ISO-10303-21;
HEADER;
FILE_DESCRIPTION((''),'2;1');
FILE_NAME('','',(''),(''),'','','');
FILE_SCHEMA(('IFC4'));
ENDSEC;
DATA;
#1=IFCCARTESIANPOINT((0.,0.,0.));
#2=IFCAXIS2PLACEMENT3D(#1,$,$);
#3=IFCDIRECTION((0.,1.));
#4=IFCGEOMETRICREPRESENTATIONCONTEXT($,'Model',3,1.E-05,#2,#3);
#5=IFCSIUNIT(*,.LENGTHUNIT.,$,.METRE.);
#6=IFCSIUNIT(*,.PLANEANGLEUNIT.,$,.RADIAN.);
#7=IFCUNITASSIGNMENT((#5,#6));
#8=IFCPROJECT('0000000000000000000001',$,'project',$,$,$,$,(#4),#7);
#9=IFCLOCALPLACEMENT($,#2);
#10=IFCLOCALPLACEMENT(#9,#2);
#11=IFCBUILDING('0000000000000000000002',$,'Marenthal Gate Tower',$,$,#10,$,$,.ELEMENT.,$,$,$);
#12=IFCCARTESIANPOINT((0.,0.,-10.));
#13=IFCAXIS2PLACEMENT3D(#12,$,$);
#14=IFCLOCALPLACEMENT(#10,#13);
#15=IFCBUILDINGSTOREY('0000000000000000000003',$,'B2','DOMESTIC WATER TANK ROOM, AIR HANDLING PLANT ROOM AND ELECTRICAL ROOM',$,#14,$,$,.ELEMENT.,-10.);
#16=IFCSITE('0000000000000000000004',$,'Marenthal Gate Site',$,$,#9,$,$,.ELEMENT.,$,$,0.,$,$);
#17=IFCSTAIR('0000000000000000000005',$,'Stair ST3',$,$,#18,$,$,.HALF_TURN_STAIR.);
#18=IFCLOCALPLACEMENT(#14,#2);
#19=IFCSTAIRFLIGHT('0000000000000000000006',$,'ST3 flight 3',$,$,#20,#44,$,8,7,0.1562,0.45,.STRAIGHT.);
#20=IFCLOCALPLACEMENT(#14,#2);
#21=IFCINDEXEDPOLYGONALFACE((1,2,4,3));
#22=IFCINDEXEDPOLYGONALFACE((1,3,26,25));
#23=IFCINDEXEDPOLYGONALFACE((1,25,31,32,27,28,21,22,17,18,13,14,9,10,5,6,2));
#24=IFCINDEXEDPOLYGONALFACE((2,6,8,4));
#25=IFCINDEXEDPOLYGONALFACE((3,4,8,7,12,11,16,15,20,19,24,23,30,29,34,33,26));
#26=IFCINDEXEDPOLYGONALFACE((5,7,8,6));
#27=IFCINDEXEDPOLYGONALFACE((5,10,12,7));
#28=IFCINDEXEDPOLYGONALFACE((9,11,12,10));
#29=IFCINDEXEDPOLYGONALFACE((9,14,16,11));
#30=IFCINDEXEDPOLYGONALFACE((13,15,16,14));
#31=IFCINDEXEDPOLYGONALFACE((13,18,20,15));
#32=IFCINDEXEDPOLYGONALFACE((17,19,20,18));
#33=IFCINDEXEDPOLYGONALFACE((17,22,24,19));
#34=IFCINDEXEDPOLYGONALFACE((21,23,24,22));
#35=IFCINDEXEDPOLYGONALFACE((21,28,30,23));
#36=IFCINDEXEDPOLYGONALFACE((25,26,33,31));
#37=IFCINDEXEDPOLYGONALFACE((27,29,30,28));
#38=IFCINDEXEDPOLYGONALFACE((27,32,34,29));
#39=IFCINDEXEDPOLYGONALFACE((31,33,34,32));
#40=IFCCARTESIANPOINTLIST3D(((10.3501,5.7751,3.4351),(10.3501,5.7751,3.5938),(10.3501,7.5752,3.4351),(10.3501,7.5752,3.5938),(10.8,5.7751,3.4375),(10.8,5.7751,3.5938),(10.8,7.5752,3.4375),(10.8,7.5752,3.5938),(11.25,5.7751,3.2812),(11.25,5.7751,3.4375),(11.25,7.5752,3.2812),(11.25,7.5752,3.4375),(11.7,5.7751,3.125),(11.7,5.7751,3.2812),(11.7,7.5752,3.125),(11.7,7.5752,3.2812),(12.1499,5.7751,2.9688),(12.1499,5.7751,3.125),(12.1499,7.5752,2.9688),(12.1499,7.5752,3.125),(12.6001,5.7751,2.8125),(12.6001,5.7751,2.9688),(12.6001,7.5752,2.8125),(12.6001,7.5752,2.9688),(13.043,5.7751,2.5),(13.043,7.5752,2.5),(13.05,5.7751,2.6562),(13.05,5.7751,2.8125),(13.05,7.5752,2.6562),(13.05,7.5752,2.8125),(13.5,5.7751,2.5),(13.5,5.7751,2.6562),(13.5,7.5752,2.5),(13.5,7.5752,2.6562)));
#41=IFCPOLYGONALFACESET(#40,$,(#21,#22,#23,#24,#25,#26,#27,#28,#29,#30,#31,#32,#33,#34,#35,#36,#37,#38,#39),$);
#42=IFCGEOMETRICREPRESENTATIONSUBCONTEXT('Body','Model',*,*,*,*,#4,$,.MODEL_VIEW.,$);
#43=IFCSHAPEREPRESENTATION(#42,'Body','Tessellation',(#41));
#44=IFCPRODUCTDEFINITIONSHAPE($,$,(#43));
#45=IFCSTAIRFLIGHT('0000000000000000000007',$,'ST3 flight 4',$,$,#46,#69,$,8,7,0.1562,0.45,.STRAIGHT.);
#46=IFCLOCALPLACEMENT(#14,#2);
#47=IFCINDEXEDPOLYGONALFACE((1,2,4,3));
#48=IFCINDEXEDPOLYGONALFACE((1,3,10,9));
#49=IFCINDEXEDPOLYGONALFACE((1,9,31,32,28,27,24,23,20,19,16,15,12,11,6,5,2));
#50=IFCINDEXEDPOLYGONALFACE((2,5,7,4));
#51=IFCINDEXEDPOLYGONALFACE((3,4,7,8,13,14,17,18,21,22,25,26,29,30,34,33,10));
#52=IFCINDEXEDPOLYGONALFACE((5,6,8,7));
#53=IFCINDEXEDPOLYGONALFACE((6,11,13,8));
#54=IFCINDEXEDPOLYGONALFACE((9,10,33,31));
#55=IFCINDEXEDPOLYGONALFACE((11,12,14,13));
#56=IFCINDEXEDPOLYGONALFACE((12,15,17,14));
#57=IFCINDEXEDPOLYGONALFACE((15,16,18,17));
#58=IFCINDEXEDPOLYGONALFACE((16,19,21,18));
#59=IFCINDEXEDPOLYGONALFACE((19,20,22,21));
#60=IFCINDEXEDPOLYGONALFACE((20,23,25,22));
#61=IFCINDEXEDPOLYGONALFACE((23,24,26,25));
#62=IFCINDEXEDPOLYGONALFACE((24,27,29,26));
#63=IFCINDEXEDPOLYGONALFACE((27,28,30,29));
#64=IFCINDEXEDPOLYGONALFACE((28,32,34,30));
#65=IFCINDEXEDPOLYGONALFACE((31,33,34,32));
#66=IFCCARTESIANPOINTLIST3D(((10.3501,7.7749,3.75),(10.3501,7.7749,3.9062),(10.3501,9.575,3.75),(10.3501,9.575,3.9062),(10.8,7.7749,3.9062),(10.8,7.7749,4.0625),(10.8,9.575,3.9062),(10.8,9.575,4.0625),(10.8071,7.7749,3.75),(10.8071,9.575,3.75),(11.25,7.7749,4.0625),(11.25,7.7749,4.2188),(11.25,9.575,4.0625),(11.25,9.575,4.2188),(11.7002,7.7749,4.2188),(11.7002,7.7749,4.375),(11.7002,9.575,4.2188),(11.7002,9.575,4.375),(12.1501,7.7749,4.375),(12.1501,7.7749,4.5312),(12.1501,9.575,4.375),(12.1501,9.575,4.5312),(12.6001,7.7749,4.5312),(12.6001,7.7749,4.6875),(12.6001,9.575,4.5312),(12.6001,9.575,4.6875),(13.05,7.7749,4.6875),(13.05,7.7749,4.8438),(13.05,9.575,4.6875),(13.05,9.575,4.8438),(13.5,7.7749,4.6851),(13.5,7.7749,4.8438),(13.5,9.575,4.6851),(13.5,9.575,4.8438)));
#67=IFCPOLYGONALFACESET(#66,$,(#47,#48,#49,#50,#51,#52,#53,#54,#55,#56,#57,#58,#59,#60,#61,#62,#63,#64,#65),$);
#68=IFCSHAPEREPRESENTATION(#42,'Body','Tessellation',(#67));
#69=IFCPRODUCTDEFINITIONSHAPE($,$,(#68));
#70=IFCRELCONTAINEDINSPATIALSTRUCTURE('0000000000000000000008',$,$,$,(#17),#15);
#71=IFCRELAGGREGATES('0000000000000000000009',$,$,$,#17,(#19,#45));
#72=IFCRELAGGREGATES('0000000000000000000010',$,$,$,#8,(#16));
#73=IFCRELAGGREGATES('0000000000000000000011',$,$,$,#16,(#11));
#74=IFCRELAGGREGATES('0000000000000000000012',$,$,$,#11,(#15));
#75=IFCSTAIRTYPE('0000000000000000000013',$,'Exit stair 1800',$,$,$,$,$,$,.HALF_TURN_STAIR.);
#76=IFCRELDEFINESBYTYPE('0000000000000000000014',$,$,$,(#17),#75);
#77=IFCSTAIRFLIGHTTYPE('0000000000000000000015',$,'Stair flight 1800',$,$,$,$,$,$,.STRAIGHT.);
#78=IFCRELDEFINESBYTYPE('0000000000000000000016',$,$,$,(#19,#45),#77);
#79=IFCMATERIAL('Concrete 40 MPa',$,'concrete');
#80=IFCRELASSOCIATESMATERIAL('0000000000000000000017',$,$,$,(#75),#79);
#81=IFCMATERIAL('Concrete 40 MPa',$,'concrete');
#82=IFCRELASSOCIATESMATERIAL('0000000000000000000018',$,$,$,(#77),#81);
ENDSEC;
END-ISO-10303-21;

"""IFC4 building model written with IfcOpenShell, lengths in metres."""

from ifc_helpers import new_model, si_unit, direction, frame, origin, place, context, subcontext, project, spatial, polyline, outline, extrude, material, type_object, element, aggregate, save


model = new_model("IFC4")

# Units and contexts
model_context = context("Model", 3, precision=1e-05, world=origin(), true_north=direction((0.0, 1.0)))
body_context = subcontext(model_context, "Body", "Model", "MODEL_VIEW")
ifc_project = project(units=[si_unit("LENGTHUNIT", "METRE"), si_unit("PLANEANGLEUNIT", "RADIAN")], contexts=[model_context])

# Site, building, storey
site_placement = place(None, origin())
site = spatial("IfcSite", under=ifc_project, at=site_placement, Name="Marenthal Gate Site", CompositionType="ELEMENT", RefElevation=0.0)
building_placement = place(site_placement, origin())
building = spatial("IfcBuilding", under=site, at=building_placement, Name="Marenthal Gate Tower", CompositionType="ELEMENT")
storey_placement = place(building_placement, frame((0.0, 0.0, -10.0)))
storey = spatial("IfcBuildingStorey", under=building, at=storey_placement, Name="B2", Description="DOMESTIC WATER TANK ROOM, AIR HANDLING PLANT ROOM AND ELECTRICAL ROOM", CompositionType="ELEMENT", Elevation=-10.0)

# Stair, stair flights
ifc_material_1 = material(Name="Concrete 40 MPa", Category="concrete")
stair_type = type_object("IfcStairType", Name="Exit stair 1800", PredefinedType="HALF_TURN_STAIR", material=ifc_material_1)
stair_placement = place(storey_placement, origin())
stair = element("IfcStair", 1, at=stair_placement, inside=storey, type_object=stair_type, Name="Stair ST3", PredefinedType="HALF_TURN_STAIR")
ifc_material_2 = material(Name="Concrete 40 MPa", Category="concrete")
stair_flight_type = type_object("IfcStairFlightType", Name="Stair flight 1800", PredefinedType="STRAIGHT", material=ifc_material_2)
stair_flight_1_placement = place(storey_placement, frame((13.5, 6.675, 2.5), z_axis=(0.0, 0.0, 1.0), x_axis=(-1.0, 0.0, 0.0)))
stair_flight_1 = element("IfcStairFlight", 2, at=stair_flight_1_placement, type_object=stair_flight_type, Name="ST3 flight 3", NumberOfRisers=8, NumberOfTreads=7, PredefinedType="STRAIGHT", RiserHeight=0.1562, TreadLength=0.45, context=body_context, shape_type="SweptSolid", body=[
    extrude(outline(polyline([(0.0, 0.0), (0.0, 0.1562), (0.45, 0.1562), (0.45, 0.3125), (0.8999, 0.3125), (0.8999, 0.4688), (1.3501, 0.4688), (1.3501, 0.625), (1.8, 0.625), (1.8, 0.7812), (2.25, 0.7812), (2.25, 0.9375), (2.7, 0.9375), (2.7, 1.0938), (3.1499, 1.0938), (3.1499, 1.25), (3.1499, 0.9351), (0.457, 0.0), (0.0, 0.0)])), frame((0.0, 0.8999, 0.0), z_axis=(0.0, -1.0, 0.0), x_axis=(1.0, 0.0, 0.0)), (0.0, 0.0, 1.0), 1.8),
])
stair_flight_2_placement = place(storey_placement, frame((10.3501, 8.675, 3.75), z_axis=(0.0, 0.0, 1.0), x_axis=(1.0, 0.0, 0.0)))
stair_flight_2 = element("IfcStairFlight", 3, at=stair_flight_2_placement, type_object=stair_flight_type, Name="ST3 flight 4", NumberOfRisers=8, NumberOfTreads=7, PredefinedType="STRAIGHT", RiserHeight=0.1562, TreadLength=0.45, context=body_context, shape_type="SweptSolid", body=[
    extrude(outline(polyline([(0.0, 0.0), (0.0, 0.1562), (0.45, 0.1562), (0.45, 0.3125), (0.8999, 0.3125), (0.8999, 0.4688), (1.3501, 0.4688), (1.3501, 0.625), (1.8, 0.625), (1.8, 0.7812), (2.25, 0.7812), (2.25, 0.9375), (2.7, 0.9375), (2.7, 1.0938), (3.1499, 1.0938), (3.1499, 1.25), (3.1499, 0.9351), (0.457, 0.0), (0.0, 0.0)])), frame((0.0, 0.8999, 0.0), z_axis=(0.0, -1.0, 0.0), x_axis=(1.0, 0.0, 0.0)), (0.0, 0.0, 1.0), 1.8),
])
aggregate(stair, [stair_flight_1, stair_flight_2])

save(model, "model.ifc")
